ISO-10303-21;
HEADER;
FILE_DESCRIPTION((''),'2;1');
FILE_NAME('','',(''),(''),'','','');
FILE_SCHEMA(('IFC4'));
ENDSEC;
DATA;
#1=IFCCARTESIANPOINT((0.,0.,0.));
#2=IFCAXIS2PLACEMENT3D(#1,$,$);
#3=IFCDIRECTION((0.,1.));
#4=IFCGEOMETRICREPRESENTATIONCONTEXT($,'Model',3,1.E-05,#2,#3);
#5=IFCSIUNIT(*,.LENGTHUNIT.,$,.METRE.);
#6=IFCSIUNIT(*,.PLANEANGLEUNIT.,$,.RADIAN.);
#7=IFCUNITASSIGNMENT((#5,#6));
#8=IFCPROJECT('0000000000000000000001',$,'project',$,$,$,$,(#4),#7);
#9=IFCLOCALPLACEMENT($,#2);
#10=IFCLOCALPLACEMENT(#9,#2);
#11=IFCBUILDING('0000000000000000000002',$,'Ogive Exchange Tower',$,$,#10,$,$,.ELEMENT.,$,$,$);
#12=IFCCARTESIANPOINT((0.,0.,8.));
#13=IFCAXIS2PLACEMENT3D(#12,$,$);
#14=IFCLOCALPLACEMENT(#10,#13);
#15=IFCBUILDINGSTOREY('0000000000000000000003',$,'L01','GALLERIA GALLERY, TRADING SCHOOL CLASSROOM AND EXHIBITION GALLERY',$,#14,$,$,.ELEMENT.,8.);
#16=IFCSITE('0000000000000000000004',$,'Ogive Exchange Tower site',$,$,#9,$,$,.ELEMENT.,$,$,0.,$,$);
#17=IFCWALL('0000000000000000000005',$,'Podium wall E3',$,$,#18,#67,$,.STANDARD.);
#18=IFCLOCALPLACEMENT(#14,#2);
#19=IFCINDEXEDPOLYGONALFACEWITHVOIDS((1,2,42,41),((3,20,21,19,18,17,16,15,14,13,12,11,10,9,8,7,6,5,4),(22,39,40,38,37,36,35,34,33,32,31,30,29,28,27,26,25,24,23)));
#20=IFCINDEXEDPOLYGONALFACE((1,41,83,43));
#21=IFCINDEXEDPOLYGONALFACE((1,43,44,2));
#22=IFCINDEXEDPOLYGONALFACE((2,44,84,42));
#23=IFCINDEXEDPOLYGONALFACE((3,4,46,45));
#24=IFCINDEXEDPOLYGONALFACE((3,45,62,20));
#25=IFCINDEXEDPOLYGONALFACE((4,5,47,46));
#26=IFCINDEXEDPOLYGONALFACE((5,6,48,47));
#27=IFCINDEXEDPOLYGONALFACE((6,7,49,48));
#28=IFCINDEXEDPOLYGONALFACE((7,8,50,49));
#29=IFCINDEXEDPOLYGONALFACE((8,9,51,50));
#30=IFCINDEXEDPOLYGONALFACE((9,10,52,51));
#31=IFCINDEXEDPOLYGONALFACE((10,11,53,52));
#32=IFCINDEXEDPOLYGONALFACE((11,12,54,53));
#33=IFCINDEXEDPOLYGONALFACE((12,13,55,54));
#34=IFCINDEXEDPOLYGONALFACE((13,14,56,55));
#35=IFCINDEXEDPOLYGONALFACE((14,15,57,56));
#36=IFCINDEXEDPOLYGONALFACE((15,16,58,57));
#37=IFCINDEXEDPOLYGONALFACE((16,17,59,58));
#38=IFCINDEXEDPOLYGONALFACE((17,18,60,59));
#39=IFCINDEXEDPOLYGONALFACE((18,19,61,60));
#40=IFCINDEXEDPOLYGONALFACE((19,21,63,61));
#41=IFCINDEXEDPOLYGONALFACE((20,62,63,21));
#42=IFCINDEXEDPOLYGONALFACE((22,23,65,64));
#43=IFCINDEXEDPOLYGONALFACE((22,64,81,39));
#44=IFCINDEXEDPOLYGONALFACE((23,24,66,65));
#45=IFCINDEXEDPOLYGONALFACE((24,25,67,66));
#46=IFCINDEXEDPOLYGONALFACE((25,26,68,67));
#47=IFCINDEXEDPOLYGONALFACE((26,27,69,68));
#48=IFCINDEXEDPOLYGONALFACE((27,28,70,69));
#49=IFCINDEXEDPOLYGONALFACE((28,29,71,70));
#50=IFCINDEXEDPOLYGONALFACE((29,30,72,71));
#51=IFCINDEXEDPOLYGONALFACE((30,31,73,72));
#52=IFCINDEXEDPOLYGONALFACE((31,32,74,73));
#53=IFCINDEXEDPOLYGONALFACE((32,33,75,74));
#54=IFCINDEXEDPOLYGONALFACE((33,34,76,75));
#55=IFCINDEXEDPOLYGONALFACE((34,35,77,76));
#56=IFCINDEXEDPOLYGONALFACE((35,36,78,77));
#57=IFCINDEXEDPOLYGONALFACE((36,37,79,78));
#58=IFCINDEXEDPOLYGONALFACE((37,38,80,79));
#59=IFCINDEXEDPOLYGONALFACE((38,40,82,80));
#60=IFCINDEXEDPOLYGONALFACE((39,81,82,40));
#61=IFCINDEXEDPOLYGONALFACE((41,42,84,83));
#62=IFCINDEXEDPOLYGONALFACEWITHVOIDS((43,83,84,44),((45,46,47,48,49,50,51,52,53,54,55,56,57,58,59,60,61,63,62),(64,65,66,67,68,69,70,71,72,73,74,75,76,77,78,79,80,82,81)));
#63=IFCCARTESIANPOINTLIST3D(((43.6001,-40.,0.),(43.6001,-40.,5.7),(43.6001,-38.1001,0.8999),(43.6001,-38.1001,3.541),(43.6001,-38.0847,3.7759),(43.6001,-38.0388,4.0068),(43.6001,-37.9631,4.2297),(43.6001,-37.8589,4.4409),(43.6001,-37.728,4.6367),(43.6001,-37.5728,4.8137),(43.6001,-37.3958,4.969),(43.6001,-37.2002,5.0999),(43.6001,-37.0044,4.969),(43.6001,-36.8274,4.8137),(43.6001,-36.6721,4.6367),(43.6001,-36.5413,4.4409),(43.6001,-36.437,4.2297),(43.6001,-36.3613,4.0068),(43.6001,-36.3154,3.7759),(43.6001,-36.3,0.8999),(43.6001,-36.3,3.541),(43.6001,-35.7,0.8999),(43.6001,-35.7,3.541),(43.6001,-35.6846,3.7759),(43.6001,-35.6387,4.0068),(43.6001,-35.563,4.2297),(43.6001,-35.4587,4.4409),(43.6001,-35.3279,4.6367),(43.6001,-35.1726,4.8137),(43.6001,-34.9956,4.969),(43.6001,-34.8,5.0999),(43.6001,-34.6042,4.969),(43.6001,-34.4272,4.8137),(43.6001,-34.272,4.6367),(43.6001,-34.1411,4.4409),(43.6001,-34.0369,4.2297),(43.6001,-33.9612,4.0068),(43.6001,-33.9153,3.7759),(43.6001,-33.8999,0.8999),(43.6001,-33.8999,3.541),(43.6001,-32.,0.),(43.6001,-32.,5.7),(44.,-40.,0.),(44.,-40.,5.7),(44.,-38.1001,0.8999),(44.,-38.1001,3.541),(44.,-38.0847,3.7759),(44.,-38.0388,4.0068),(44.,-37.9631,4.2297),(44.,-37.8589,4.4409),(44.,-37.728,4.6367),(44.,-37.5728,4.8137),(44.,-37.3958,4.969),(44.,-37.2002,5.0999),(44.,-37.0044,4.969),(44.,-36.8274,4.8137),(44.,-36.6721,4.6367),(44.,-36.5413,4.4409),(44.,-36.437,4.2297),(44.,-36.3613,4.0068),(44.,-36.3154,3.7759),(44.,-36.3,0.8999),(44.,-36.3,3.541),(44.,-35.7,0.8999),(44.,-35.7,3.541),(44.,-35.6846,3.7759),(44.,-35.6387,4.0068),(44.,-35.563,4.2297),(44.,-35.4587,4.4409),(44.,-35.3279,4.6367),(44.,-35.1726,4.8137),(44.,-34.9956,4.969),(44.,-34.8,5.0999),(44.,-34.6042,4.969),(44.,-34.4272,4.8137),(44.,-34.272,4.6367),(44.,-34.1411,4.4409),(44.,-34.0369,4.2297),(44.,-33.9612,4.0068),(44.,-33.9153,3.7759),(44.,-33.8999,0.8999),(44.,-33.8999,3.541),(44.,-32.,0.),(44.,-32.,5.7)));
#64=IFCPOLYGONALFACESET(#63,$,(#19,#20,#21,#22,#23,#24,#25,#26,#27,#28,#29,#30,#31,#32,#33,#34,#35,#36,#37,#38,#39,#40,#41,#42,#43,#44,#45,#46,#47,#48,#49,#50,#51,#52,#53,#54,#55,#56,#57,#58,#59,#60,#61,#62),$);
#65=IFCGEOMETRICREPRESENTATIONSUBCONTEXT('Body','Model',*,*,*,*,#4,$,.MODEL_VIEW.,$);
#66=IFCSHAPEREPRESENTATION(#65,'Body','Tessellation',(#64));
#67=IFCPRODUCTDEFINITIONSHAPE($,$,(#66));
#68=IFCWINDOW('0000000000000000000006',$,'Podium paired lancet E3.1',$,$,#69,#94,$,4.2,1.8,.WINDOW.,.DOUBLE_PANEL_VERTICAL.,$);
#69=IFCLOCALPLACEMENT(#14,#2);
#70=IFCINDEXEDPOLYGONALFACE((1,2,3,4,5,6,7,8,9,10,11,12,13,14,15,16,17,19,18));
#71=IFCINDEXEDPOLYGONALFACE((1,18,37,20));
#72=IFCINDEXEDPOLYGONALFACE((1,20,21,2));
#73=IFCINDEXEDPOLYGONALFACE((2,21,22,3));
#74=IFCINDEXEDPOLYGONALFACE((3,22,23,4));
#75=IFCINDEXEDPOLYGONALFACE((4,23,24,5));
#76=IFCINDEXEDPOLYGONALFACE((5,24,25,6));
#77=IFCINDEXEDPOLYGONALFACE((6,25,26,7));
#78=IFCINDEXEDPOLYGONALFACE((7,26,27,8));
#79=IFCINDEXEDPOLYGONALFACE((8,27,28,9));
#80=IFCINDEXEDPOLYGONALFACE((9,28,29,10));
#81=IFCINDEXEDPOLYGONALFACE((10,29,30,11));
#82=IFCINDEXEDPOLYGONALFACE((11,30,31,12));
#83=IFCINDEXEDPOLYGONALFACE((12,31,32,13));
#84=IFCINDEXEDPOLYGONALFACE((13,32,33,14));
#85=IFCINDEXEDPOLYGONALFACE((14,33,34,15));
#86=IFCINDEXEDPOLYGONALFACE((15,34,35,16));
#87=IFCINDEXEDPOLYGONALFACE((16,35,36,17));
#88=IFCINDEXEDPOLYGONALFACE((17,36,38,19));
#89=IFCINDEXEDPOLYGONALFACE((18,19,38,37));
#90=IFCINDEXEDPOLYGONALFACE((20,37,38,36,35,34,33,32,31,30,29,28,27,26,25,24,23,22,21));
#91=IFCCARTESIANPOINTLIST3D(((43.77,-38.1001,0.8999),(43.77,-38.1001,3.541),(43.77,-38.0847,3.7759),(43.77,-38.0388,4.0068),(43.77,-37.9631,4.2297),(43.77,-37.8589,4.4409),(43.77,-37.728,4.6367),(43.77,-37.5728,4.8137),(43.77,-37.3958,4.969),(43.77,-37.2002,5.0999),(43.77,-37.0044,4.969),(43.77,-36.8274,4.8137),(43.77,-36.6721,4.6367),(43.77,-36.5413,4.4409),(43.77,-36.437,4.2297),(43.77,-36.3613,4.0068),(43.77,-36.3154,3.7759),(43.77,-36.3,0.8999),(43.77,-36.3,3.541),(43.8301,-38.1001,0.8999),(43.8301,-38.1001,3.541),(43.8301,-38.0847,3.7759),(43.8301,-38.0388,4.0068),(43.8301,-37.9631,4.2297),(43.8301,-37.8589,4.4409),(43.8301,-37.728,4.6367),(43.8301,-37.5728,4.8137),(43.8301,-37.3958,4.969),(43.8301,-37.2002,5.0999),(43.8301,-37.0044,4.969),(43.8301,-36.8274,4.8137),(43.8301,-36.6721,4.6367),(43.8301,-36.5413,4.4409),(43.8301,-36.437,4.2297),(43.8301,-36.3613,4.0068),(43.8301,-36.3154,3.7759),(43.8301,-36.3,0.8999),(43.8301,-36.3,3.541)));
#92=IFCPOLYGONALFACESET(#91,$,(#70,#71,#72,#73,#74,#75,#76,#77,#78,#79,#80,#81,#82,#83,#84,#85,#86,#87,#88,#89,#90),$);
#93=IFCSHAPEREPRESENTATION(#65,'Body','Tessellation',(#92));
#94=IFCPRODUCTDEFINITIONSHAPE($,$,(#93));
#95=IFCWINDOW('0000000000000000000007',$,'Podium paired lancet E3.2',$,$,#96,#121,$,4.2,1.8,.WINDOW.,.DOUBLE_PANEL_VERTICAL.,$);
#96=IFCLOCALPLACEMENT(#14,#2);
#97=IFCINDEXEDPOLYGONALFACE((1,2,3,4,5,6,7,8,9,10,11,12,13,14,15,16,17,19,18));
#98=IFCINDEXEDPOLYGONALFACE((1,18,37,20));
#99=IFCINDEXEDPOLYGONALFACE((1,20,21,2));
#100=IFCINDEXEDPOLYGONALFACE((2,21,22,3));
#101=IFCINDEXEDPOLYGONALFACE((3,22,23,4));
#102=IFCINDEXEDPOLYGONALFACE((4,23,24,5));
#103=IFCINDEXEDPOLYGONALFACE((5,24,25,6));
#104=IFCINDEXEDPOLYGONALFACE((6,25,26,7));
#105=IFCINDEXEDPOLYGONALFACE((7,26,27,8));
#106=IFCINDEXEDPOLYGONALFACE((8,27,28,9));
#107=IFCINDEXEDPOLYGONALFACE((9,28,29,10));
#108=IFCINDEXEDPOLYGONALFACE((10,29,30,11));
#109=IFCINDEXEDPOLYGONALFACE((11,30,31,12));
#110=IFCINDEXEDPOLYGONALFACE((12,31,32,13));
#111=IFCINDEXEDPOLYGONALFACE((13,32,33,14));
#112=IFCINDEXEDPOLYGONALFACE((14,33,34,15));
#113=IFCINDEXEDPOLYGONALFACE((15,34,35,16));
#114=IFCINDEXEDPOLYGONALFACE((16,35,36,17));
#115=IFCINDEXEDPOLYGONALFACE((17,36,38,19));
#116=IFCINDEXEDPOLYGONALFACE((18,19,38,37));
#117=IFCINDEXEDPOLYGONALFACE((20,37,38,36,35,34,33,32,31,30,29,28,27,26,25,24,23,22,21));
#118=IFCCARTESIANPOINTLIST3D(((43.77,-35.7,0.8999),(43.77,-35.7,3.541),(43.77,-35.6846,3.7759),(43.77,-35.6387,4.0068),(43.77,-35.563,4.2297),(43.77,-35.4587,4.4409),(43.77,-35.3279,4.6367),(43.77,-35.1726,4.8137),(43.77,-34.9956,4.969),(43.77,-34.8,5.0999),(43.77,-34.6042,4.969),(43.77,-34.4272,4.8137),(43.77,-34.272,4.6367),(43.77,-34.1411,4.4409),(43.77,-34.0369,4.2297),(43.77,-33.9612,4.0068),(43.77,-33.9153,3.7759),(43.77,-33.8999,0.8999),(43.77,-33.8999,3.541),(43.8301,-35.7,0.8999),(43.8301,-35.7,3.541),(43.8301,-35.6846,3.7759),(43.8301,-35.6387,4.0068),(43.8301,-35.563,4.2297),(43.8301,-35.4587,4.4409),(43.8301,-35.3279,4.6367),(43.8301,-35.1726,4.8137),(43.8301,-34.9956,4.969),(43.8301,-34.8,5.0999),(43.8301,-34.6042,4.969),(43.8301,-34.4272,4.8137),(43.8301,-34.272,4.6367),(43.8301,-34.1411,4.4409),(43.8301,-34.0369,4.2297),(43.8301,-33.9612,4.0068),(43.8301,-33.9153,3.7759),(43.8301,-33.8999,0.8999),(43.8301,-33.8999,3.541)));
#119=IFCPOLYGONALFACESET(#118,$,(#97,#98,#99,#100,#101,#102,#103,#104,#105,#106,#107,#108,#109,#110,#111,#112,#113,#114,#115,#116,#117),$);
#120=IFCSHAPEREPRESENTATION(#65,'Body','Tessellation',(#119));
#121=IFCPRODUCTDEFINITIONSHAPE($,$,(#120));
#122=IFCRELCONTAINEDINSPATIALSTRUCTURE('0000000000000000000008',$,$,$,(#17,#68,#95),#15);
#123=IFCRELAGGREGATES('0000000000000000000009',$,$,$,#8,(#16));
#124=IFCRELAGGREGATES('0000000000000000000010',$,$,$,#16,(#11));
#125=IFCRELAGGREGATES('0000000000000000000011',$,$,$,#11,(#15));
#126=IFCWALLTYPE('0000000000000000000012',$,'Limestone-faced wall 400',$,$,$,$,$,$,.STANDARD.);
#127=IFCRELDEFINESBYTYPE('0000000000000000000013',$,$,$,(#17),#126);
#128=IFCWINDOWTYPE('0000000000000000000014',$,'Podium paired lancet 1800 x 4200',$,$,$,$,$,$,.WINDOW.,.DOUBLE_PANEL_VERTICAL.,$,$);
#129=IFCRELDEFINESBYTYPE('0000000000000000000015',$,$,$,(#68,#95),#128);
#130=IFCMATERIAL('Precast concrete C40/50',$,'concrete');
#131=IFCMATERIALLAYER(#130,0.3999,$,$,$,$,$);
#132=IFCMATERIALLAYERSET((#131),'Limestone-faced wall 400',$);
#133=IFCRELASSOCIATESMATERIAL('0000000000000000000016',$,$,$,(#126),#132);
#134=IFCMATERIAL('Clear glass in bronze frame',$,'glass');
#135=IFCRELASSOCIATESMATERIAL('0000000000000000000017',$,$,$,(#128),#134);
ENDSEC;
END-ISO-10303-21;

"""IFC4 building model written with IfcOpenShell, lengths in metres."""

from ifc_helpers import new_model, si_unit, direction, frame, frame_2d, origin, place, context, subcontext, project, spatial, polyline, rectangle, outline, extrude, material, layer, layer_set, type_object, element, fill, save


model = new_model("IFC4")

# Units and contexts
model_context = context("Model", 3, precision=1e-05, world=origin(), true_north=direction((0.0, 1.0)))
body_context = subcontext(model_context, "Body", "Model", "MODEL_VIEW")
ifc_project = project(units=[si_unit("LENGTHUNIT", "METRE"), si_unit("PLANEANGLEUNIT", "RADIAN")], contexts=[model_context])

# Site, building, storey
site_placement = place(None, origin())
site = spatial("IfcSite", under=ifc_project, at=site_placement, Name="Ogive Exchange Tower site", CompositionType="ELEMENT", RefElevation=0.0)
building_placement = place(site_placement, origin())
building = spatial("IfcBuilding", under=site, at=building_placement, Name="Ogive Exchange Tower", CompositionType="ELEMENT")
storey_placement = place(building_placement, frame((0.0, 0.0, 8.0)))
storey = spatial("IfcBuildingStorey", under=building, at=storey_placement, Name="L01", Description="GALLERIA GALLERY, TRADING SCHOOL CLASSROOM AND EXHIBITION GALLERY", CompositionType="ELEMENT", Elevation=8.0)

# Wall, openings, windows
ifc_material_1 = material(Name="Precast concrete C40/50", Category="concrete")
ifc_layer_1 = layer(ifc_material_1, 0.3999)
ifc_layer_set_1 = layer_set([ifc_layer_1], Name="Limestone-faced wall 400")
wall_type_1 = type_object("IfcWallType", Name="Limestone-faced wall 400", PredefinedType="STANDARD", material=ifc_layer_set_1)
wall_1_placement = place(storey_placement, frame((43.8, -40.0, 0.0), z_axis=(0.0, 0.0, 1.0), x_axis=(0.0, 1.0, 0.0)))
wall_1 = element("IfcWall", 1, at=wall_1_placement, inside=storey, type_object=wall_type_1, Name="Podium wall E3", PredefinedType="STANDARD", context=body_context, shape_type="SweptSolid", body=[
    extrude(rectangle(XDim=8.0, YDim=0.3999, at=frame_2d((4.0, 0.0))), origin(), (0.0, 0.0, 1.0), 5.7),
])
opening_1_placement = place(wall_1_placement, frame((1.8999, 0.0, 0.8999)))
opening_1 = element("IfcOpeningElement", 2, at=opening_1_placement, cuts=wall_1, PredefinedType="OPENING", context=body_context, shape_type="SweptSolid", body=[
    extrude(outline(polyline([(0.0, 0.0), (1.8, 0.0), (1.8, 2.6411), (1.7847, 2.876), (1.7388, 3.1069), (1.6631, 3.3298), (1.5588, 3.541), (1.428, 3.7368), (1.2727, 3.9138), (1.0957, 4.0691), (0.8999, 4.2), (0.7043, 4.0691), (0.5273, 3.9138), (0.3721, 3.7368), (0.2412, 3.541), (0.137, 3.3298), (0.0613, 3.1069), (0.0154, 2.876), (0.0, 2.6411), (0.0, 0.0)])), frame((0.0, 0.21, 0.0), z_axis=(0.0, -1.0, 0.0), x_axis=(1.0, 0.0, 0.0)), (0.0, 0.0, 1.0), 0.4199),
])
opening_2_placement = place(wall_1_placement, frame((4.3, 0.0, 0.8999)))
opening_2 = element("IfcOpeningElement", 3, at=opening_2_placement, cuts=wall_1, PredefinedType="OPENING", context=body_context, shape_type="SweptSolid", body=[
    extrude(outline(polyline([(0.0, 0.0), (1.8, 0.0), (1.8, 2.6411), (1.7847, 2.876), (1.7388, 3.1069), (1.6631, 3.3298), (1.5588, 3.541), (1.428, 3.7368), (1.2727, 3.9138), (1.0957, 4.0691), (0.8999, 4.2), (0.7043, 4.0691), (0.5273, 3.9138), (0.3721, 3.7368), (0.2412, 3.541), (0.137, 3.3298), (0.0613, 3.1069), (0.0154, 2.876), (0.0, 2.6411), (0.0, 0.0)])), frame((0.0, 0.21, 0.0), z_axis=(0.0, -1.0, 0.0), x_axis=(1.0, 0.0, 0.0)), (0.0, 0.0, 1.0), 0.4199),
])
ifc_material_2 = material(Name="Clear glass in bronze frame", Category="glass")
window_type_1 = type_object("IfcWindowType", Name="Podium paired lancet 1800 x 4200", PartitioningType="DOUBLE_PANEL_VERTICAL", PredefinedType="WINDOW", material=ifc_material_2)
window_1_placement = place(opening_1_placement, origin())
window_1 = element("IfcWindow", 4, at=window_1_placement, inside=storey, type_object=window_type_1, Name="Podium paired lancet E3.1", OverallHeight=4.2, OverallWidth=1.8, PartitioningType="DOUBLE_PANEL_VERTICAL", PredefinedType="WINDOW", context=body_context, shape_type="SweptSolid", body=[
    extrude(outline(polyline([(0.0, 0.0), (1.8, 0.0), (1.8, 2.6411), (1.7847, 2.876), (1.7388, 3.1069), (1.6631, 3.3298), (1.5588, 3.541), (1.428, 3.7368), (1.2727, 3.9138), (1.0957, 4.0691), (0.8999, 4.2), (0.7043, 4.0691), (0.5273, 3.9138), (0.3721, 3.7368), (0.2412, 3.541), (0.137, 3.3298), (0.0613, 3.1069), (0.0154, 2.876), (0.0, 2.6411), (0.0, 0.0)])), frame((0.0, 0.03, 0.0), z_axis=(0.0, -1.0, 0.0), x_axis=(1.0, 0.0, 0.0)), (0.0, 0.0, 1.0), 0.0601),
])
fill(opening_1, window_1)
window_2_placement = place(opening_2_placement, origin())
window_2 = element("IfcWindow", 5, at=window_2_placement, inside=storey, type_object=window_type_1, Name="Podium paired lancet E3.2", OverallHeight=4.2, OverallWidth=1.8, PartitioningType="DOUBLE_PANEL_VERTICAL", PredefinedType="WINDOW", context=body_context, shape_type="SweptSolid", body=[
    extrude(outline(polyline([(0.0, 0.0), (1.8, 0.0), (1.8, 2.6411), (1.7847, 2.876), (1.7388, 3.1069), (1.6631, 3.3298), (1.5588, 3.541), (1.428, 3.7368), (1.2727, 3.9138), (1.0957, 4.0691), (0.8999, 4.2), (0.7043, 4.0691), (0.5273, 3.9138), (0.3721, 3.7368), (0.2412, 3.541), (0.137, 3.3298), (0.0613, 3.1069), (0.0154, 2.876), (0.0, 2.6411), (0.0, 0.0)])), frame((0.0, 0.03, 0.0), z_axis=(0.0, -1.0, 0.0), x_axis=(1.0, 0.0, 0.0)), (0.0, 0.0, 1.0), 0.0601),
])
fill(opening_2, window_2)

save(model, "model.ifc")
